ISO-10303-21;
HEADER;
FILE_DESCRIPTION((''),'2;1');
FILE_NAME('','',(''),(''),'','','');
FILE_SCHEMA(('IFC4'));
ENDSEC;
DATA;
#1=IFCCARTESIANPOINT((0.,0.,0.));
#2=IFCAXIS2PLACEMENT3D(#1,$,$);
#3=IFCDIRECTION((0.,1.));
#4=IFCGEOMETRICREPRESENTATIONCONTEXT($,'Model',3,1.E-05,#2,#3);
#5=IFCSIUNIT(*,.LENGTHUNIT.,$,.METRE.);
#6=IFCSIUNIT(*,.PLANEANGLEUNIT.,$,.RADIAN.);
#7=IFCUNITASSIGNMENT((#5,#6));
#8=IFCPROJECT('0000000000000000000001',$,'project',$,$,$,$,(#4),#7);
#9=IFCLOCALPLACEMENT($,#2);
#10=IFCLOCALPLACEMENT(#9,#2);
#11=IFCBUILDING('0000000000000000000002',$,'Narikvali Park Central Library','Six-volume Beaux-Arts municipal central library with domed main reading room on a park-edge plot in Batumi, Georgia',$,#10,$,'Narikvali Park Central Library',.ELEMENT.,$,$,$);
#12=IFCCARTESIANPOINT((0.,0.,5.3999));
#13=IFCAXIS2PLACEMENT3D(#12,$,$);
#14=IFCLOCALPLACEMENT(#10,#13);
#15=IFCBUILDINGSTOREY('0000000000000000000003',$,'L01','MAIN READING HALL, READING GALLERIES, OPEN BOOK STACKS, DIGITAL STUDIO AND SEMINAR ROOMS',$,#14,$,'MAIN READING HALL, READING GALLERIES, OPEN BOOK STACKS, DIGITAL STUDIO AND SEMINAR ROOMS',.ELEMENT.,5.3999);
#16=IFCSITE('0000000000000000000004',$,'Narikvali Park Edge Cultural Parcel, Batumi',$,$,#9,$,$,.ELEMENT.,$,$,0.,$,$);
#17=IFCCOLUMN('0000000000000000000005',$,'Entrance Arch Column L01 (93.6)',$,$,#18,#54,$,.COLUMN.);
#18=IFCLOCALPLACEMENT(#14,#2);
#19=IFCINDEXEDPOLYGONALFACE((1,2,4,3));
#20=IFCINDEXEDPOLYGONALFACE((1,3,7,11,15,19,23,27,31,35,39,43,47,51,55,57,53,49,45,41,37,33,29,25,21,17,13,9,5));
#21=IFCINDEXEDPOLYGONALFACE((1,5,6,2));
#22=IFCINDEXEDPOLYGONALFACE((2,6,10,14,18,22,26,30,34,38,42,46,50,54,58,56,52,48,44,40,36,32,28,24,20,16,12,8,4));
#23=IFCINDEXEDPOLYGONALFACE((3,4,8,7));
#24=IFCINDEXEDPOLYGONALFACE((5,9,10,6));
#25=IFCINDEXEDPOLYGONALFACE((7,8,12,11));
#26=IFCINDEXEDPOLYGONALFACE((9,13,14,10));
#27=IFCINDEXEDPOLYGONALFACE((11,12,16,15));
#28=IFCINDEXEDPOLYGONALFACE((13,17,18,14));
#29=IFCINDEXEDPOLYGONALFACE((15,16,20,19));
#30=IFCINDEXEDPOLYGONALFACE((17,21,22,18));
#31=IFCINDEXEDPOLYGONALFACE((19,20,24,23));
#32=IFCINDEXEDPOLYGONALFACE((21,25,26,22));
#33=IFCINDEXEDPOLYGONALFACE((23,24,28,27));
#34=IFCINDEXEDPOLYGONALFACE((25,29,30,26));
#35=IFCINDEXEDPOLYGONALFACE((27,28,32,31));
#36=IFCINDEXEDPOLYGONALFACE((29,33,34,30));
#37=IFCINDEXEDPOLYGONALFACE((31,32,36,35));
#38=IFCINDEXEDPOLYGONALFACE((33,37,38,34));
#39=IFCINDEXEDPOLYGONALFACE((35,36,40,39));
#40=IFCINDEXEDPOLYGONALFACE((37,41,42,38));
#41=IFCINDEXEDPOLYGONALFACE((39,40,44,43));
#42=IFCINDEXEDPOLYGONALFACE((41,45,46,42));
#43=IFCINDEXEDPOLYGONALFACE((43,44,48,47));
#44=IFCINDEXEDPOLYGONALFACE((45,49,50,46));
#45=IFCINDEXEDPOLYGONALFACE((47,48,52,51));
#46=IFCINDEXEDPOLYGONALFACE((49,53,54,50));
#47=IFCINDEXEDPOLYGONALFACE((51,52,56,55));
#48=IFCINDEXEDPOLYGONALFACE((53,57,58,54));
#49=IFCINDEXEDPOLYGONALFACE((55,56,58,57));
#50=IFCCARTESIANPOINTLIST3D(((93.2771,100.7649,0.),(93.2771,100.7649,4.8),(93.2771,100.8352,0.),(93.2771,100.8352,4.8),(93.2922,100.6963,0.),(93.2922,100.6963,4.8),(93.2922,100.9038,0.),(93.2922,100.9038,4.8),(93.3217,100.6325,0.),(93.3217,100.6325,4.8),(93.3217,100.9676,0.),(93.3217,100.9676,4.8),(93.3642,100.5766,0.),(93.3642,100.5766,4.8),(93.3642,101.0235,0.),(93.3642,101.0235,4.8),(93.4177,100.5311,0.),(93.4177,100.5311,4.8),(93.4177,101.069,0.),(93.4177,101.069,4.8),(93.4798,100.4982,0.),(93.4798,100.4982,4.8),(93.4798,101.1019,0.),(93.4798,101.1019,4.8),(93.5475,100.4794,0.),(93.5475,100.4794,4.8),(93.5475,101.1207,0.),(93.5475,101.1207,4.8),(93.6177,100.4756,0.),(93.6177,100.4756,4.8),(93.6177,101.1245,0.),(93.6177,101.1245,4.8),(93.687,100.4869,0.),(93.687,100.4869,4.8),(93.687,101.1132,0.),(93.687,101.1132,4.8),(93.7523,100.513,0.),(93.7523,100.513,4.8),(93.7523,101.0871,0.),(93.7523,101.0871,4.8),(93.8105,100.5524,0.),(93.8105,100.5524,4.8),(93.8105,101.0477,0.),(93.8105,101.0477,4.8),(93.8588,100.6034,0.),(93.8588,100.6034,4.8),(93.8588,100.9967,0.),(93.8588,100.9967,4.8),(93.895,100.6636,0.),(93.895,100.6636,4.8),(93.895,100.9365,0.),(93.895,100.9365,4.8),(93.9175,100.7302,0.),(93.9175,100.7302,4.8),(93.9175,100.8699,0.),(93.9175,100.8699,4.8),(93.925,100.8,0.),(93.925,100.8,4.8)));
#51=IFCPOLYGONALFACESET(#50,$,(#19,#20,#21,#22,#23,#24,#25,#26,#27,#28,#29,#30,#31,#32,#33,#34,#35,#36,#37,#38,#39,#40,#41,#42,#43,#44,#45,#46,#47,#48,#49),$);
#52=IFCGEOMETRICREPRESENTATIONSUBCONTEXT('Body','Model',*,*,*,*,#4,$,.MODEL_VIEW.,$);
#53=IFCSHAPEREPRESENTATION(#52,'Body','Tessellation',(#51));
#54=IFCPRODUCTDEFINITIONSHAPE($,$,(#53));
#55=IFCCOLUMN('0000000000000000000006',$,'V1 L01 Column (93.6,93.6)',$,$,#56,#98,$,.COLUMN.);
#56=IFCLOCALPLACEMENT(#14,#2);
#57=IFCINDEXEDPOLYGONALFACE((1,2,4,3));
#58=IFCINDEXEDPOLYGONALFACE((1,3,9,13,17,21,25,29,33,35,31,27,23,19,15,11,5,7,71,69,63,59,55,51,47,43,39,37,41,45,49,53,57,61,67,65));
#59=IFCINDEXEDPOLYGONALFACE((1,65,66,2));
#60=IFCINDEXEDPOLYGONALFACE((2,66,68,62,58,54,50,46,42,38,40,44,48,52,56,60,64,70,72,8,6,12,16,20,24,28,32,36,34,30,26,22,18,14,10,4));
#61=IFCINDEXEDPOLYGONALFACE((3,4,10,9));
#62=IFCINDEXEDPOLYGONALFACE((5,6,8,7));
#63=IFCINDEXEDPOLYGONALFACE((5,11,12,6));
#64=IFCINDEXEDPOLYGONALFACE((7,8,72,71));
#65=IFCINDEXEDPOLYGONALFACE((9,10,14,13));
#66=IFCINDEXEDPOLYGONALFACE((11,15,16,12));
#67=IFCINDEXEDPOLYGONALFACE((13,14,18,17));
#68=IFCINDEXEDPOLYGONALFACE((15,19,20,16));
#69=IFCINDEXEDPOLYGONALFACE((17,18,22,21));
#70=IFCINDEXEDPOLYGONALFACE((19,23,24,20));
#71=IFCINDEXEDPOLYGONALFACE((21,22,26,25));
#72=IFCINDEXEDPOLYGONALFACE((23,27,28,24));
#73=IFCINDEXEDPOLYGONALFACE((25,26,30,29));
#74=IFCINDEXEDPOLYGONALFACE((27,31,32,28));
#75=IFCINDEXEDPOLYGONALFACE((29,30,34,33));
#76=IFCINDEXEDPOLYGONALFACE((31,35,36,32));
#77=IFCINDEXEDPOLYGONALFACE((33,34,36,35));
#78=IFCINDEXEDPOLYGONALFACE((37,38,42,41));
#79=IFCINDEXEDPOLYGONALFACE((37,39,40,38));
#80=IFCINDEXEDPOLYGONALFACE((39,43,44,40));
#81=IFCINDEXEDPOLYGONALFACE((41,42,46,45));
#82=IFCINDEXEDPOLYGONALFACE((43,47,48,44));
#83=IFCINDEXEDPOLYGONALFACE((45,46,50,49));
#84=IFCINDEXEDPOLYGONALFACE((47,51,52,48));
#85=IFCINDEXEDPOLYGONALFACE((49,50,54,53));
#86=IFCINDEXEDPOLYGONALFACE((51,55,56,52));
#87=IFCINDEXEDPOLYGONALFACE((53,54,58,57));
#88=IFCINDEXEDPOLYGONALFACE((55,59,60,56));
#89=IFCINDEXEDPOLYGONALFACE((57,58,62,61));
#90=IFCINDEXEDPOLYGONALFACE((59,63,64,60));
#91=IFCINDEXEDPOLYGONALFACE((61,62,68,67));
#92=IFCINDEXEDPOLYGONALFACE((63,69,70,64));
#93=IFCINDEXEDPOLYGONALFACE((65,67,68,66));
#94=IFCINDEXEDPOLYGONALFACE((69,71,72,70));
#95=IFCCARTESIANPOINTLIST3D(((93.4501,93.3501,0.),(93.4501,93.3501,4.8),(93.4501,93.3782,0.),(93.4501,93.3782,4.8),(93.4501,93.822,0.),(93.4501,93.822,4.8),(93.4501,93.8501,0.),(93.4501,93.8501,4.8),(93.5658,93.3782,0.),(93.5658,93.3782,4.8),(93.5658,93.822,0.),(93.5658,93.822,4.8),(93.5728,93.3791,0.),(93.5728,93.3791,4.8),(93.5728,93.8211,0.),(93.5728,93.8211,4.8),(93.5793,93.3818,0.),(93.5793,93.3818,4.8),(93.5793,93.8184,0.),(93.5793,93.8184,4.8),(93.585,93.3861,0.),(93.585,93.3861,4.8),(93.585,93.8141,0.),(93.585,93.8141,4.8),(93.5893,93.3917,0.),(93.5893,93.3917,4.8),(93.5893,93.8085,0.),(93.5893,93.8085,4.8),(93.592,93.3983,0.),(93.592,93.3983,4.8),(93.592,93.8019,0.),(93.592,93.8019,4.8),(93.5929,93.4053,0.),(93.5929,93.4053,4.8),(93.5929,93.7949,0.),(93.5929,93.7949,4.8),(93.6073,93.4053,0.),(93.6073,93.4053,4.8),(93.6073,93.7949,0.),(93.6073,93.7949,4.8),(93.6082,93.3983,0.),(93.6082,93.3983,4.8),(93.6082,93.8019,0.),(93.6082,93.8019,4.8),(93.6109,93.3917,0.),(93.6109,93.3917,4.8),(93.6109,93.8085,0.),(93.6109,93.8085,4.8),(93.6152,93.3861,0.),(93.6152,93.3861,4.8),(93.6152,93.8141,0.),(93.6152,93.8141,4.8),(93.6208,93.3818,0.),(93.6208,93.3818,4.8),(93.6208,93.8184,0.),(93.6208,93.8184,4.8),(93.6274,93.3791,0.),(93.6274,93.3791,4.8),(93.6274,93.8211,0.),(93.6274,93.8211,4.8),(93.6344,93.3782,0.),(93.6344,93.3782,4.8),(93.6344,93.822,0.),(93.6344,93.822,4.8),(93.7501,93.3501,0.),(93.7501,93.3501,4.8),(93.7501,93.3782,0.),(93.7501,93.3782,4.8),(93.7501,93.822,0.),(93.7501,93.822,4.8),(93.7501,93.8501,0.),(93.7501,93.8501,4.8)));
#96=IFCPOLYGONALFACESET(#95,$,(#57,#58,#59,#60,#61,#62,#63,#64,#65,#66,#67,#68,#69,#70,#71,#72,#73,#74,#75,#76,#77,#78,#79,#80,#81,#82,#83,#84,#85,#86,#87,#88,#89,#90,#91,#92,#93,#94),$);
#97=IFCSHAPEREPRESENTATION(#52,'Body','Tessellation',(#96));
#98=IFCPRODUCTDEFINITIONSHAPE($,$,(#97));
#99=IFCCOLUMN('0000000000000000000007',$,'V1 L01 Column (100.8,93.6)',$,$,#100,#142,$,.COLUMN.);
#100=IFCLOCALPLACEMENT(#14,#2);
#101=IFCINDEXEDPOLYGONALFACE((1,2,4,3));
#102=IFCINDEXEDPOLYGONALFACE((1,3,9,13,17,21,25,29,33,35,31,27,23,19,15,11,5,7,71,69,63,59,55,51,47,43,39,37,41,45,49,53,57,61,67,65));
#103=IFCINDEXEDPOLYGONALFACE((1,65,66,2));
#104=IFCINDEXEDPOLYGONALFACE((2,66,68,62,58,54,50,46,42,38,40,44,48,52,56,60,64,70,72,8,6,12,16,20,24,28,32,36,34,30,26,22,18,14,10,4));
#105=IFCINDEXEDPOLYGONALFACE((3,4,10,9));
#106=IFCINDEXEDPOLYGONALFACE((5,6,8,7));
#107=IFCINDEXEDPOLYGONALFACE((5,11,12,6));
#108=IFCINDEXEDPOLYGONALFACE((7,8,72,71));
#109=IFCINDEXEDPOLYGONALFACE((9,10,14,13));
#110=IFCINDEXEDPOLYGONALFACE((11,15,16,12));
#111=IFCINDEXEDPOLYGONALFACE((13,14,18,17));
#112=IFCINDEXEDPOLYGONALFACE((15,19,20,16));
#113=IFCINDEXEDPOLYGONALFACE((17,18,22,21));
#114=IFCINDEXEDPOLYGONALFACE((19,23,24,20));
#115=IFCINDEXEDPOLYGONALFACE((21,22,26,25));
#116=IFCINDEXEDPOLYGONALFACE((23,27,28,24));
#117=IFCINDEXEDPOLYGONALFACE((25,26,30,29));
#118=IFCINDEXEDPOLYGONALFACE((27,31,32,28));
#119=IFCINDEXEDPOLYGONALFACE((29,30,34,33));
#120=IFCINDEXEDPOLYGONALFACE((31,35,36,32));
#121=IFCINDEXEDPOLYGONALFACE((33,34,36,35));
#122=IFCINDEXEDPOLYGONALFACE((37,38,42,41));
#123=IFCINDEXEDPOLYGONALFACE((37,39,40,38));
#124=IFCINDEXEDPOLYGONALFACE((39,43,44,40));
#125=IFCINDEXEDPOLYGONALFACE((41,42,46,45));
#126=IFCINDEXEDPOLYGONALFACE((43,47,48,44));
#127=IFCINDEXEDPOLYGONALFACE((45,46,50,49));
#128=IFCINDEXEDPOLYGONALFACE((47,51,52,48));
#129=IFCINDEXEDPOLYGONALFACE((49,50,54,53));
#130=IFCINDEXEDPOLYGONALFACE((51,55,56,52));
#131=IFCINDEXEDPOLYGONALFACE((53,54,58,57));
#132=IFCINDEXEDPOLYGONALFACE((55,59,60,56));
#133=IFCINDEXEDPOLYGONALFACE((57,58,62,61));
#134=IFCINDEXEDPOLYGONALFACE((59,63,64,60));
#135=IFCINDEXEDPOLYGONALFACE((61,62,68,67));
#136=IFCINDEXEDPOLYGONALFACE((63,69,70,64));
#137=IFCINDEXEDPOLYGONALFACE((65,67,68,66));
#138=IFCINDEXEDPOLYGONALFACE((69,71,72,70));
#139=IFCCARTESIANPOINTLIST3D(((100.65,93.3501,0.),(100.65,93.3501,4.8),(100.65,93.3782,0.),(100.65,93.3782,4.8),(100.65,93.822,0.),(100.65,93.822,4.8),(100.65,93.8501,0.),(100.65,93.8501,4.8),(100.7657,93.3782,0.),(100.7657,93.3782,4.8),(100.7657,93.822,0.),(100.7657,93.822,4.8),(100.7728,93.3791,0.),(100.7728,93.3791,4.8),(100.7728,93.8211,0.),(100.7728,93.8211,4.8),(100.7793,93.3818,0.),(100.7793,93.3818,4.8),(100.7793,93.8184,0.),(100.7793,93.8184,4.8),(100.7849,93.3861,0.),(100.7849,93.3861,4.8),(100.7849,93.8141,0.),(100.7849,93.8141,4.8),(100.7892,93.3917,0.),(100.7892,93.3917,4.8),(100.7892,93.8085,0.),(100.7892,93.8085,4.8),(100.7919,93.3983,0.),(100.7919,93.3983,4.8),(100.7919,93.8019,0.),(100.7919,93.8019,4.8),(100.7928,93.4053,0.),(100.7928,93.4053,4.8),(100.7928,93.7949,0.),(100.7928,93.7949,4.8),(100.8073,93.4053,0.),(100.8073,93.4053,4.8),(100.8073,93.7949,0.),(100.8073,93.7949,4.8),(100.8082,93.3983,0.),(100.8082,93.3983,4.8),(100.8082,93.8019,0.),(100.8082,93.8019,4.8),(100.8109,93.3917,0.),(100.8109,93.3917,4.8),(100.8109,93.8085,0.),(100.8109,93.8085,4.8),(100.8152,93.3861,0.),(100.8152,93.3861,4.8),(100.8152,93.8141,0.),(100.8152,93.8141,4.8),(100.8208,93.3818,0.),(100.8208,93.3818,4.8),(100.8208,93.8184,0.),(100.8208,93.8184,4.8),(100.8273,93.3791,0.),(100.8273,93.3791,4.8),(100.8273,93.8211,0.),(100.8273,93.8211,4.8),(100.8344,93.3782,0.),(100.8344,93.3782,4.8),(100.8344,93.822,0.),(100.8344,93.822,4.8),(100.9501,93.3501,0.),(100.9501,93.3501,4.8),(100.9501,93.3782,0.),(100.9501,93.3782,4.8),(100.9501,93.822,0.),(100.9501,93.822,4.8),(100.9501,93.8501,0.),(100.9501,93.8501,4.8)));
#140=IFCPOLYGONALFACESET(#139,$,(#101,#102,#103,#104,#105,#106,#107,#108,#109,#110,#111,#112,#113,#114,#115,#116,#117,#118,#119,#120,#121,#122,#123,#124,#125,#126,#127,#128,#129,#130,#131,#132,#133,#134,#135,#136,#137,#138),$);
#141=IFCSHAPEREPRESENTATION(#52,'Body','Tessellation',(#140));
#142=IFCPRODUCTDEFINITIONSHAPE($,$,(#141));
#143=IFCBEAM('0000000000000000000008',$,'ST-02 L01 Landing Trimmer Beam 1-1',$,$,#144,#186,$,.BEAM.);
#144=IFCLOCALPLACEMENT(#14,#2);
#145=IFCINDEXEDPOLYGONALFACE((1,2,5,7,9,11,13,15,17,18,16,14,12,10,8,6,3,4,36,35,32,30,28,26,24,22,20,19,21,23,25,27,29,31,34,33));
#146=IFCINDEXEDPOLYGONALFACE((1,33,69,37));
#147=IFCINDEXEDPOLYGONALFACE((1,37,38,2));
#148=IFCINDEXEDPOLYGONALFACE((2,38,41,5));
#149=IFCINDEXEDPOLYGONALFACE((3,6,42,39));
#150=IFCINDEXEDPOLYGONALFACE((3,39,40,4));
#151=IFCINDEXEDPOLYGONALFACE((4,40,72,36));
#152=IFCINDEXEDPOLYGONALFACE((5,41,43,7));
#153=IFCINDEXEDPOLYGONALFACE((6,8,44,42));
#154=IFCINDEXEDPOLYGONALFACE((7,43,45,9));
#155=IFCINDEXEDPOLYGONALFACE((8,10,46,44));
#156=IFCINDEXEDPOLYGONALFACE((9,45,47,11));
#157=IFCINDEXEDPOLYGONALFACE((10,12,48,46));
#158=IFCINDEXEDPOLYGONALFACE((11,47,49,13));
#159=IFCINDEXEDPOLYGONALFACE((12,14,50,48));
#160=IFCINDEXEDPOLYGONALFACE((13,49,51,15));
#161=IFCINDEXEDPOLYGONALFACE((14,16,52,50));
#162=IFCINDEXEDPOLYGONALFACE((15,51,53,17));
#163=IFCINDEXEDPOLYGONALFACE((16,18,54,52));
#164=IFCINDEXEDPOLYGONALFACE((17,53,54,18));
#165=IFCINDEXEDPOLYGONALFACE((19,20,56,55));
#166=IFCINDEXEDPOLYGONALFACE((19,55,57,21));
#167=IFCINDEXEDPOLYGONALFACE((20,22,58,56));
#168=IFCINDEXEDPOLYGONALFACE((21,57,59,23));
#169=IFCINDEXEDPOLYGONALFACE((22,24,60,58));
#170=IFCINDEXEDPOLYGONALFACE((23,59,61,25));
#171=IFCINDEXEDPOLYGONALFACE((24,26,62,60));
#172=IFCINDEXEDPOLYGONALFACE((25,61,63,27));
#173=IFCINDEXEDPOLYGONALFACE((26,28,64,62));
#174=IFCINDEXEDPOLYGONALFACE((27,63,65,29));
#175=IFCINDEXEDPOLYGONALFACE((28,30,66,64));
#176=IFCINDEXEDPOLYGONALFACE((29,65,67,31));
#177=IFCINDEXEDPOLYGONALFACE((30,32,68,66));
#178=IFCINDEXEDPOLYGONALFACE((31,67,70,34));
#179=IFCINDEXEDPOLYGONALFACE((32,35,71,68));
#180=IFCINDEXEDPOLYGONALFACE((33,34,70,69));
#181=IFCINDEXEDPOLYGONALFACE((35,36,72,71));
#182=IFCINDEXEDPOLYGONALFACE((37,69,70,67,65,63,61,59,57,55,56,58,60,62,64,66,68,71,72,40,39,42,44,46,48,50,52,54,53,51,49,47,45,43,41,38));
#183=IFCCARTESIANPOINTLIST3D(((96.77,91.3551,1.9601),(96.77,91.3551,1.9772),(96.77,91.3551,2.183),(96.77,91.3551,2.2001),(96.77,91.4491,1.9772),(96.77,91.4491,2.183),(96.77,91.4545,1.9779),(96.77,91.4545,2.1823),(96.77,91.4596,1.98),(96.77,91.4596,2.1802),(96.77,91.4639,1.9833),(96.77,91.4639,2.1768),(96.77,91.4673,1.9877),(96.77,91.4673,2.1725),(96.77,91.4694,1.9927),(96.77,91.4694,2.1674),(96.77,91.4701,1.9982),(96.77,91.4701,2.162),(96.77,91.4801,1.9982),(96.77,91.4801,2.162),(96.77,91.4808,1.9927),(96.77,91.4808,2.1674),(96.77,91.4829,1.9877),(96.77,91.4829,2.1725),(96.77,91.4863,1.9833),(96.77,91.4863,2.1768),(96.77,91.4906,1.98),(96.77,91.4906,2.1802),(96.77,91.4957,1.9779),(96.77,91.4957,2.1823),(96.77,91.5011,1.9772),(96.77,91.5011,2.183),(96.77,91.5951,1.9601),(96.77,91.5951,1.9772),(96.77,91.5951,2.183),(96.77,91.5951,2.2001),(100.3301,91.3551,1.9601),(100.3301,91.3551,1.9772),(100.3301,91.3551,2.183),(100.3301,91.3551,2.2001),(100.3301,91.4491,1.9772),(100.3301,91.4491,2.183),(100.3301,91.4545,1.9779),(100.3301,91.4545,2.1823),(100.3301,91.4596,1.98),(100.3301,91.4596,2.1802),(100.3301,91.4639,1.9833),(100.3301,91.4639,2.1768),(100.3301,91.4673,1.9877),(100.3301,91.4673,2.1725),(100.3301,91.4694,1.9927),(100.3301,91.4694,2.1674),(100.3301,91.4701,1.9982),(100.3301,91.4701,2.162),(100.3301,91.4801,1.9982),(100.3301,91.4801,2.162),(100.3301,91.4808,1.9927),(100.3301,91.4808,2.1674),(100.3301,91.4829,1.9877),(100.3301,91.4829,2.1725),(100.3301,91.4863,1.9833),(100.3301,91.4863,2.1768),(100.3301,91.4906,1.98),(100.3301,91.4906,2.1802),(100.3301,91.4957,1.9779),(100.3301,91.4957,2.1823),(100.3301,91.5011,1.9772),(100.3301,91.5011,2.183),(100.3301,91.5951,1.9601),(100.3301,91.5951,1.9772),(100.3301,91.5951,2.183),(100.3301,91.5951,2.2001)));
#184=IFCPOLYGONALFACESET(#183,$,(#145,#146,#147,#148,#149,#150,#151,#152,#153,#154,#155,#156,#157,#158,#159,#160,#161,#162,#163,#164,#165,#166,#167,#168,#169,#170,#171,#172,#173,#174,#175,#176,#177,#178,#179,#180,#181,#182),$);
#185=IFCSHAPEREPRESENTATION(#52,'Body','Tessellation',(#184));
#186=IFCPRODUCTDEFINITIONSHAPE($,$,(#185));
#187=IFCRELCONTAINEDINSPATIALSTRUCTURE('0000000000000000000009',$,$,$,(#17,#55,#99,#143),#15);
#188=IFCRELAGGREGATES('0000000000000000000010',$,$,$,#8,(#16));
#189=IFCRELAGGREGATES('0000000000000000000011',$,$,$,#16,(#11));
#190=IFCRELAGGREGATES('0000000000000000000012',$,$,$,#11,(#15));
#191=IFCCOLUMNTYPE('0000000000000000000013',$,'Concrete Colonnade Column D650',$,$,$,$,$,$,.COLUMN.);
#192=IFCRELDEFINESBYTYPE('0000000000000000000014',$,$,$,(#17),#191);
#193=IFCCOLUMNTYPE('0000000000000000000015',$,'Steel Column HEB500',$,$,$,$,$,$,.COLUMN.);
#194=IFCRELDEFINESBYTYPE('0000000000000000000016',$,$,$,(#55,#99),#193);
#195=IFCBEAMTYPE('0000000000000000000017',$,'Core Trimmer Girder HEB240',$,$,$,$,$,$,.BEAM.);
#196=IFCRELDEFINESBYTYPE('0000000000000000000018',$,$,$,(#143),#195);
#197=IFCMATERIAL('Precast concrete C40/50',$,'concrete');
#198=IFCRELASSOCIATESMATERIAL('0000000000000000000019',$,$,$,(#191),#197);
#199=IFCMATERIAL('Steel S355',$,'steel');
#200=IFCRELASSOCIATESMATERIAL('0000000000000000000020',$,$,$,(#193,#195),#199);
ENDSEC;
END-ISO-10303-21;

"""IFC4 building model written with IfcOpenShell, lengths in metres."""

from ifc_helpers import new_model, si_unit, direction, frame, origin, origin_2d, place, context, subcontext, project, spatial, circle, i_section, extrude, material, material_profile, profile_set, type_object, element, save


model = new_model("IFC4")

# Units and contexts
model_context = context("Model", 3, precision=1e-05, world=origin(), true_north=direction((0.0, 1.0)))
body_context = subcontext(model_context, "Body", "Model", "MODEL_VIEW")
ifc_project = project(units=[si_unit("LENGTHUNIT", "METRE"), si_unit("PLANEANGLEUNIT", "RADIAN")], contexts=[model_context])

# Site, building, storey
site_placement = place(None, origin())
site = spatial("IfcSite", under=ifc_project, at=site_placement, Name="Narikvali Park Edge Cultural Parcel, Batumi", CompositionType="ELEMENT", RefElevation=0.0)
building_placement = place(site_placement, origin())
building = spatial("IfcBuilding", under=site, at=building_placement, Name="Narikvali Park Central Library", Description="Six-volume Beaux-Arts municipal central library with domed main reading room on a park-edge plot in Batumi, Georgia", LongName="Narikvali Park Central Library", CompositionType="ELEMENT")
storey_placement = place(building_placement, frame((0.0, 0.0, 5.3999)))
storey = spatial("IfcBuildingStorey", under=building, at=storey_placement, Name="L01", Description="MAIN READING HALL, READING GALLERIES, OPEN BOOK STACKS, DIGITAL STUDIO AND SEMINAR ROOMS", LongName="MAIN READING HALL, READING GALLERIES, OPEN BOOK STACKS, DIGITAL STUDIO AND SEMINAR ROOMS", CompositionType="ELEMENT", Elevation=5.3999)

# Columns
ifc_material_1 = material(Name="Precast concrete C40/50", Category="concrete")
ifc_material_profile_1 = material_profile(ifc_material_1, circle(Radius=0.325, at=origin_2d()), Name="COL D650")
ifc_profile_set_1 = profile_set([ifc_material_profile_1], Name="Precast concrete C40/50")
column_type_1 = type_object("IfcColumnType", Name="Concrete Colonnade Column D650", PredefinedType="COLUMN", material=ifc_profile_set_1)
column_placement = place(storey_placement, frame((93.6001, 100.8, 0.0), z_axis=(0.0, 0.0, 1.0), x_axis=(1.0, 0.0, 0.0)))
element("IfcColumn", 1, at=column_placement, inside=storey, type_object=column_type_1, Name="Entrance Arch Column L01 (93.6)", PredefinedType="COLUMN", context=body_context, shape_type="SweptSolid", body=[
    extrude(circle(Radius=0.325, at=origin_2d()), origin(), (0.0, 0.0, 1.0), 4.8),
])
ifc_material_2 = material(Name="Steel S355", Category="steel")
ifc_material_profile_2 = material_profile(ifc_material_2, i_section(OverallWidth=0.3, OverallDepth=0.5, WebThickness=0.0144, FlangeThickness=0.0281, FilletRadius=0.0271, at=origin_2d()), Name="HEB 500")
ifc_profile_set_2 = profile_set([ifc_material_profile_2], Name="Steel S355")
column_type_2 = type_object("IfcColumnType", Name="Steel Column HEB500", PredefinedType="COLUMN", material=ifc_profile_set_2)
for number, where, z_axis, x_axis, name in (
    (2, (93.6001, 93.6001, 0.0), (0.0, 0.0, 1.0), (1.0, 0.0, 0.0), "V1 L01 Column (93.6,93.6)"),
    (3, (100.8, 93.6001, 0.0), (0.0, 0.0, 1.0), (1.0, 0.0, 0.0), "V1 L01 Column (100.8,93.6)"),
):
    element("IfcColumn", number, at=place(storey_placement, frame(where, z_axis=z_axis, x_axis=x_axis)), inside=storey, type_object=column_type_2, Name=name, PredefinedType="COLUMN", context=body_context, shape_type="SweptSolid", body=[
        extrude(i_section(OverallWidth=0.3, OverallDepth=0.5, WebThickness=0.0144, FlangeThickness=0.0281, FilletRadius=0.0271, at=origin_2d()), origin(), (0.0, 0.0, 1.0), 4.8),
    ])

# Beam
ifc_material_profile_3 = material_profile(ifc_material_2, i_section(OverallWidth=0.24, OverallDepth=0.24, WebThickness=0.01, FlangeThickness=0.0171, FilletRadius=0.021, at=origin_2d()), Name="HEB 240")
ifc_profile_set_3 = profile_set([ifc_material_profile_3], Name="Steel S355")
beam_type_1 = type_object("IfcBeamType", Name="Core Trimmer Girder HEB240", PredefinedType="BEAM", material=ifc_profile_set_3)
for number, where, z_axis, x_axis, name in (
    (4, (96.77, 91.4751, 2.0801), (1.0, 0.0, 0.0), (0.0, 1.0, 0.0), "ST-02 L01 Landing Trimmer Beam 1-1"),
):
    element("IfcBeam", number, at=place(storey_placement, frame(where, z_axis=z_axis, x_axis=x_axis)), inside=storey, type_object=beam_type_1, Name=name, PredefinedType="BEAM", context=body_context, shape_type="SweptSolid", body=[
        extrude(i_section(OverallWidth=0.24, OverallDepth=0.24, WebThickness=0.01, FlangeThickness=0.0171, FilletRadius=0.021, at=origin_2d()), origin(), (0.0, 0.0, 1.0), 3.5601),
    ])

save(model, "model.ifc")
